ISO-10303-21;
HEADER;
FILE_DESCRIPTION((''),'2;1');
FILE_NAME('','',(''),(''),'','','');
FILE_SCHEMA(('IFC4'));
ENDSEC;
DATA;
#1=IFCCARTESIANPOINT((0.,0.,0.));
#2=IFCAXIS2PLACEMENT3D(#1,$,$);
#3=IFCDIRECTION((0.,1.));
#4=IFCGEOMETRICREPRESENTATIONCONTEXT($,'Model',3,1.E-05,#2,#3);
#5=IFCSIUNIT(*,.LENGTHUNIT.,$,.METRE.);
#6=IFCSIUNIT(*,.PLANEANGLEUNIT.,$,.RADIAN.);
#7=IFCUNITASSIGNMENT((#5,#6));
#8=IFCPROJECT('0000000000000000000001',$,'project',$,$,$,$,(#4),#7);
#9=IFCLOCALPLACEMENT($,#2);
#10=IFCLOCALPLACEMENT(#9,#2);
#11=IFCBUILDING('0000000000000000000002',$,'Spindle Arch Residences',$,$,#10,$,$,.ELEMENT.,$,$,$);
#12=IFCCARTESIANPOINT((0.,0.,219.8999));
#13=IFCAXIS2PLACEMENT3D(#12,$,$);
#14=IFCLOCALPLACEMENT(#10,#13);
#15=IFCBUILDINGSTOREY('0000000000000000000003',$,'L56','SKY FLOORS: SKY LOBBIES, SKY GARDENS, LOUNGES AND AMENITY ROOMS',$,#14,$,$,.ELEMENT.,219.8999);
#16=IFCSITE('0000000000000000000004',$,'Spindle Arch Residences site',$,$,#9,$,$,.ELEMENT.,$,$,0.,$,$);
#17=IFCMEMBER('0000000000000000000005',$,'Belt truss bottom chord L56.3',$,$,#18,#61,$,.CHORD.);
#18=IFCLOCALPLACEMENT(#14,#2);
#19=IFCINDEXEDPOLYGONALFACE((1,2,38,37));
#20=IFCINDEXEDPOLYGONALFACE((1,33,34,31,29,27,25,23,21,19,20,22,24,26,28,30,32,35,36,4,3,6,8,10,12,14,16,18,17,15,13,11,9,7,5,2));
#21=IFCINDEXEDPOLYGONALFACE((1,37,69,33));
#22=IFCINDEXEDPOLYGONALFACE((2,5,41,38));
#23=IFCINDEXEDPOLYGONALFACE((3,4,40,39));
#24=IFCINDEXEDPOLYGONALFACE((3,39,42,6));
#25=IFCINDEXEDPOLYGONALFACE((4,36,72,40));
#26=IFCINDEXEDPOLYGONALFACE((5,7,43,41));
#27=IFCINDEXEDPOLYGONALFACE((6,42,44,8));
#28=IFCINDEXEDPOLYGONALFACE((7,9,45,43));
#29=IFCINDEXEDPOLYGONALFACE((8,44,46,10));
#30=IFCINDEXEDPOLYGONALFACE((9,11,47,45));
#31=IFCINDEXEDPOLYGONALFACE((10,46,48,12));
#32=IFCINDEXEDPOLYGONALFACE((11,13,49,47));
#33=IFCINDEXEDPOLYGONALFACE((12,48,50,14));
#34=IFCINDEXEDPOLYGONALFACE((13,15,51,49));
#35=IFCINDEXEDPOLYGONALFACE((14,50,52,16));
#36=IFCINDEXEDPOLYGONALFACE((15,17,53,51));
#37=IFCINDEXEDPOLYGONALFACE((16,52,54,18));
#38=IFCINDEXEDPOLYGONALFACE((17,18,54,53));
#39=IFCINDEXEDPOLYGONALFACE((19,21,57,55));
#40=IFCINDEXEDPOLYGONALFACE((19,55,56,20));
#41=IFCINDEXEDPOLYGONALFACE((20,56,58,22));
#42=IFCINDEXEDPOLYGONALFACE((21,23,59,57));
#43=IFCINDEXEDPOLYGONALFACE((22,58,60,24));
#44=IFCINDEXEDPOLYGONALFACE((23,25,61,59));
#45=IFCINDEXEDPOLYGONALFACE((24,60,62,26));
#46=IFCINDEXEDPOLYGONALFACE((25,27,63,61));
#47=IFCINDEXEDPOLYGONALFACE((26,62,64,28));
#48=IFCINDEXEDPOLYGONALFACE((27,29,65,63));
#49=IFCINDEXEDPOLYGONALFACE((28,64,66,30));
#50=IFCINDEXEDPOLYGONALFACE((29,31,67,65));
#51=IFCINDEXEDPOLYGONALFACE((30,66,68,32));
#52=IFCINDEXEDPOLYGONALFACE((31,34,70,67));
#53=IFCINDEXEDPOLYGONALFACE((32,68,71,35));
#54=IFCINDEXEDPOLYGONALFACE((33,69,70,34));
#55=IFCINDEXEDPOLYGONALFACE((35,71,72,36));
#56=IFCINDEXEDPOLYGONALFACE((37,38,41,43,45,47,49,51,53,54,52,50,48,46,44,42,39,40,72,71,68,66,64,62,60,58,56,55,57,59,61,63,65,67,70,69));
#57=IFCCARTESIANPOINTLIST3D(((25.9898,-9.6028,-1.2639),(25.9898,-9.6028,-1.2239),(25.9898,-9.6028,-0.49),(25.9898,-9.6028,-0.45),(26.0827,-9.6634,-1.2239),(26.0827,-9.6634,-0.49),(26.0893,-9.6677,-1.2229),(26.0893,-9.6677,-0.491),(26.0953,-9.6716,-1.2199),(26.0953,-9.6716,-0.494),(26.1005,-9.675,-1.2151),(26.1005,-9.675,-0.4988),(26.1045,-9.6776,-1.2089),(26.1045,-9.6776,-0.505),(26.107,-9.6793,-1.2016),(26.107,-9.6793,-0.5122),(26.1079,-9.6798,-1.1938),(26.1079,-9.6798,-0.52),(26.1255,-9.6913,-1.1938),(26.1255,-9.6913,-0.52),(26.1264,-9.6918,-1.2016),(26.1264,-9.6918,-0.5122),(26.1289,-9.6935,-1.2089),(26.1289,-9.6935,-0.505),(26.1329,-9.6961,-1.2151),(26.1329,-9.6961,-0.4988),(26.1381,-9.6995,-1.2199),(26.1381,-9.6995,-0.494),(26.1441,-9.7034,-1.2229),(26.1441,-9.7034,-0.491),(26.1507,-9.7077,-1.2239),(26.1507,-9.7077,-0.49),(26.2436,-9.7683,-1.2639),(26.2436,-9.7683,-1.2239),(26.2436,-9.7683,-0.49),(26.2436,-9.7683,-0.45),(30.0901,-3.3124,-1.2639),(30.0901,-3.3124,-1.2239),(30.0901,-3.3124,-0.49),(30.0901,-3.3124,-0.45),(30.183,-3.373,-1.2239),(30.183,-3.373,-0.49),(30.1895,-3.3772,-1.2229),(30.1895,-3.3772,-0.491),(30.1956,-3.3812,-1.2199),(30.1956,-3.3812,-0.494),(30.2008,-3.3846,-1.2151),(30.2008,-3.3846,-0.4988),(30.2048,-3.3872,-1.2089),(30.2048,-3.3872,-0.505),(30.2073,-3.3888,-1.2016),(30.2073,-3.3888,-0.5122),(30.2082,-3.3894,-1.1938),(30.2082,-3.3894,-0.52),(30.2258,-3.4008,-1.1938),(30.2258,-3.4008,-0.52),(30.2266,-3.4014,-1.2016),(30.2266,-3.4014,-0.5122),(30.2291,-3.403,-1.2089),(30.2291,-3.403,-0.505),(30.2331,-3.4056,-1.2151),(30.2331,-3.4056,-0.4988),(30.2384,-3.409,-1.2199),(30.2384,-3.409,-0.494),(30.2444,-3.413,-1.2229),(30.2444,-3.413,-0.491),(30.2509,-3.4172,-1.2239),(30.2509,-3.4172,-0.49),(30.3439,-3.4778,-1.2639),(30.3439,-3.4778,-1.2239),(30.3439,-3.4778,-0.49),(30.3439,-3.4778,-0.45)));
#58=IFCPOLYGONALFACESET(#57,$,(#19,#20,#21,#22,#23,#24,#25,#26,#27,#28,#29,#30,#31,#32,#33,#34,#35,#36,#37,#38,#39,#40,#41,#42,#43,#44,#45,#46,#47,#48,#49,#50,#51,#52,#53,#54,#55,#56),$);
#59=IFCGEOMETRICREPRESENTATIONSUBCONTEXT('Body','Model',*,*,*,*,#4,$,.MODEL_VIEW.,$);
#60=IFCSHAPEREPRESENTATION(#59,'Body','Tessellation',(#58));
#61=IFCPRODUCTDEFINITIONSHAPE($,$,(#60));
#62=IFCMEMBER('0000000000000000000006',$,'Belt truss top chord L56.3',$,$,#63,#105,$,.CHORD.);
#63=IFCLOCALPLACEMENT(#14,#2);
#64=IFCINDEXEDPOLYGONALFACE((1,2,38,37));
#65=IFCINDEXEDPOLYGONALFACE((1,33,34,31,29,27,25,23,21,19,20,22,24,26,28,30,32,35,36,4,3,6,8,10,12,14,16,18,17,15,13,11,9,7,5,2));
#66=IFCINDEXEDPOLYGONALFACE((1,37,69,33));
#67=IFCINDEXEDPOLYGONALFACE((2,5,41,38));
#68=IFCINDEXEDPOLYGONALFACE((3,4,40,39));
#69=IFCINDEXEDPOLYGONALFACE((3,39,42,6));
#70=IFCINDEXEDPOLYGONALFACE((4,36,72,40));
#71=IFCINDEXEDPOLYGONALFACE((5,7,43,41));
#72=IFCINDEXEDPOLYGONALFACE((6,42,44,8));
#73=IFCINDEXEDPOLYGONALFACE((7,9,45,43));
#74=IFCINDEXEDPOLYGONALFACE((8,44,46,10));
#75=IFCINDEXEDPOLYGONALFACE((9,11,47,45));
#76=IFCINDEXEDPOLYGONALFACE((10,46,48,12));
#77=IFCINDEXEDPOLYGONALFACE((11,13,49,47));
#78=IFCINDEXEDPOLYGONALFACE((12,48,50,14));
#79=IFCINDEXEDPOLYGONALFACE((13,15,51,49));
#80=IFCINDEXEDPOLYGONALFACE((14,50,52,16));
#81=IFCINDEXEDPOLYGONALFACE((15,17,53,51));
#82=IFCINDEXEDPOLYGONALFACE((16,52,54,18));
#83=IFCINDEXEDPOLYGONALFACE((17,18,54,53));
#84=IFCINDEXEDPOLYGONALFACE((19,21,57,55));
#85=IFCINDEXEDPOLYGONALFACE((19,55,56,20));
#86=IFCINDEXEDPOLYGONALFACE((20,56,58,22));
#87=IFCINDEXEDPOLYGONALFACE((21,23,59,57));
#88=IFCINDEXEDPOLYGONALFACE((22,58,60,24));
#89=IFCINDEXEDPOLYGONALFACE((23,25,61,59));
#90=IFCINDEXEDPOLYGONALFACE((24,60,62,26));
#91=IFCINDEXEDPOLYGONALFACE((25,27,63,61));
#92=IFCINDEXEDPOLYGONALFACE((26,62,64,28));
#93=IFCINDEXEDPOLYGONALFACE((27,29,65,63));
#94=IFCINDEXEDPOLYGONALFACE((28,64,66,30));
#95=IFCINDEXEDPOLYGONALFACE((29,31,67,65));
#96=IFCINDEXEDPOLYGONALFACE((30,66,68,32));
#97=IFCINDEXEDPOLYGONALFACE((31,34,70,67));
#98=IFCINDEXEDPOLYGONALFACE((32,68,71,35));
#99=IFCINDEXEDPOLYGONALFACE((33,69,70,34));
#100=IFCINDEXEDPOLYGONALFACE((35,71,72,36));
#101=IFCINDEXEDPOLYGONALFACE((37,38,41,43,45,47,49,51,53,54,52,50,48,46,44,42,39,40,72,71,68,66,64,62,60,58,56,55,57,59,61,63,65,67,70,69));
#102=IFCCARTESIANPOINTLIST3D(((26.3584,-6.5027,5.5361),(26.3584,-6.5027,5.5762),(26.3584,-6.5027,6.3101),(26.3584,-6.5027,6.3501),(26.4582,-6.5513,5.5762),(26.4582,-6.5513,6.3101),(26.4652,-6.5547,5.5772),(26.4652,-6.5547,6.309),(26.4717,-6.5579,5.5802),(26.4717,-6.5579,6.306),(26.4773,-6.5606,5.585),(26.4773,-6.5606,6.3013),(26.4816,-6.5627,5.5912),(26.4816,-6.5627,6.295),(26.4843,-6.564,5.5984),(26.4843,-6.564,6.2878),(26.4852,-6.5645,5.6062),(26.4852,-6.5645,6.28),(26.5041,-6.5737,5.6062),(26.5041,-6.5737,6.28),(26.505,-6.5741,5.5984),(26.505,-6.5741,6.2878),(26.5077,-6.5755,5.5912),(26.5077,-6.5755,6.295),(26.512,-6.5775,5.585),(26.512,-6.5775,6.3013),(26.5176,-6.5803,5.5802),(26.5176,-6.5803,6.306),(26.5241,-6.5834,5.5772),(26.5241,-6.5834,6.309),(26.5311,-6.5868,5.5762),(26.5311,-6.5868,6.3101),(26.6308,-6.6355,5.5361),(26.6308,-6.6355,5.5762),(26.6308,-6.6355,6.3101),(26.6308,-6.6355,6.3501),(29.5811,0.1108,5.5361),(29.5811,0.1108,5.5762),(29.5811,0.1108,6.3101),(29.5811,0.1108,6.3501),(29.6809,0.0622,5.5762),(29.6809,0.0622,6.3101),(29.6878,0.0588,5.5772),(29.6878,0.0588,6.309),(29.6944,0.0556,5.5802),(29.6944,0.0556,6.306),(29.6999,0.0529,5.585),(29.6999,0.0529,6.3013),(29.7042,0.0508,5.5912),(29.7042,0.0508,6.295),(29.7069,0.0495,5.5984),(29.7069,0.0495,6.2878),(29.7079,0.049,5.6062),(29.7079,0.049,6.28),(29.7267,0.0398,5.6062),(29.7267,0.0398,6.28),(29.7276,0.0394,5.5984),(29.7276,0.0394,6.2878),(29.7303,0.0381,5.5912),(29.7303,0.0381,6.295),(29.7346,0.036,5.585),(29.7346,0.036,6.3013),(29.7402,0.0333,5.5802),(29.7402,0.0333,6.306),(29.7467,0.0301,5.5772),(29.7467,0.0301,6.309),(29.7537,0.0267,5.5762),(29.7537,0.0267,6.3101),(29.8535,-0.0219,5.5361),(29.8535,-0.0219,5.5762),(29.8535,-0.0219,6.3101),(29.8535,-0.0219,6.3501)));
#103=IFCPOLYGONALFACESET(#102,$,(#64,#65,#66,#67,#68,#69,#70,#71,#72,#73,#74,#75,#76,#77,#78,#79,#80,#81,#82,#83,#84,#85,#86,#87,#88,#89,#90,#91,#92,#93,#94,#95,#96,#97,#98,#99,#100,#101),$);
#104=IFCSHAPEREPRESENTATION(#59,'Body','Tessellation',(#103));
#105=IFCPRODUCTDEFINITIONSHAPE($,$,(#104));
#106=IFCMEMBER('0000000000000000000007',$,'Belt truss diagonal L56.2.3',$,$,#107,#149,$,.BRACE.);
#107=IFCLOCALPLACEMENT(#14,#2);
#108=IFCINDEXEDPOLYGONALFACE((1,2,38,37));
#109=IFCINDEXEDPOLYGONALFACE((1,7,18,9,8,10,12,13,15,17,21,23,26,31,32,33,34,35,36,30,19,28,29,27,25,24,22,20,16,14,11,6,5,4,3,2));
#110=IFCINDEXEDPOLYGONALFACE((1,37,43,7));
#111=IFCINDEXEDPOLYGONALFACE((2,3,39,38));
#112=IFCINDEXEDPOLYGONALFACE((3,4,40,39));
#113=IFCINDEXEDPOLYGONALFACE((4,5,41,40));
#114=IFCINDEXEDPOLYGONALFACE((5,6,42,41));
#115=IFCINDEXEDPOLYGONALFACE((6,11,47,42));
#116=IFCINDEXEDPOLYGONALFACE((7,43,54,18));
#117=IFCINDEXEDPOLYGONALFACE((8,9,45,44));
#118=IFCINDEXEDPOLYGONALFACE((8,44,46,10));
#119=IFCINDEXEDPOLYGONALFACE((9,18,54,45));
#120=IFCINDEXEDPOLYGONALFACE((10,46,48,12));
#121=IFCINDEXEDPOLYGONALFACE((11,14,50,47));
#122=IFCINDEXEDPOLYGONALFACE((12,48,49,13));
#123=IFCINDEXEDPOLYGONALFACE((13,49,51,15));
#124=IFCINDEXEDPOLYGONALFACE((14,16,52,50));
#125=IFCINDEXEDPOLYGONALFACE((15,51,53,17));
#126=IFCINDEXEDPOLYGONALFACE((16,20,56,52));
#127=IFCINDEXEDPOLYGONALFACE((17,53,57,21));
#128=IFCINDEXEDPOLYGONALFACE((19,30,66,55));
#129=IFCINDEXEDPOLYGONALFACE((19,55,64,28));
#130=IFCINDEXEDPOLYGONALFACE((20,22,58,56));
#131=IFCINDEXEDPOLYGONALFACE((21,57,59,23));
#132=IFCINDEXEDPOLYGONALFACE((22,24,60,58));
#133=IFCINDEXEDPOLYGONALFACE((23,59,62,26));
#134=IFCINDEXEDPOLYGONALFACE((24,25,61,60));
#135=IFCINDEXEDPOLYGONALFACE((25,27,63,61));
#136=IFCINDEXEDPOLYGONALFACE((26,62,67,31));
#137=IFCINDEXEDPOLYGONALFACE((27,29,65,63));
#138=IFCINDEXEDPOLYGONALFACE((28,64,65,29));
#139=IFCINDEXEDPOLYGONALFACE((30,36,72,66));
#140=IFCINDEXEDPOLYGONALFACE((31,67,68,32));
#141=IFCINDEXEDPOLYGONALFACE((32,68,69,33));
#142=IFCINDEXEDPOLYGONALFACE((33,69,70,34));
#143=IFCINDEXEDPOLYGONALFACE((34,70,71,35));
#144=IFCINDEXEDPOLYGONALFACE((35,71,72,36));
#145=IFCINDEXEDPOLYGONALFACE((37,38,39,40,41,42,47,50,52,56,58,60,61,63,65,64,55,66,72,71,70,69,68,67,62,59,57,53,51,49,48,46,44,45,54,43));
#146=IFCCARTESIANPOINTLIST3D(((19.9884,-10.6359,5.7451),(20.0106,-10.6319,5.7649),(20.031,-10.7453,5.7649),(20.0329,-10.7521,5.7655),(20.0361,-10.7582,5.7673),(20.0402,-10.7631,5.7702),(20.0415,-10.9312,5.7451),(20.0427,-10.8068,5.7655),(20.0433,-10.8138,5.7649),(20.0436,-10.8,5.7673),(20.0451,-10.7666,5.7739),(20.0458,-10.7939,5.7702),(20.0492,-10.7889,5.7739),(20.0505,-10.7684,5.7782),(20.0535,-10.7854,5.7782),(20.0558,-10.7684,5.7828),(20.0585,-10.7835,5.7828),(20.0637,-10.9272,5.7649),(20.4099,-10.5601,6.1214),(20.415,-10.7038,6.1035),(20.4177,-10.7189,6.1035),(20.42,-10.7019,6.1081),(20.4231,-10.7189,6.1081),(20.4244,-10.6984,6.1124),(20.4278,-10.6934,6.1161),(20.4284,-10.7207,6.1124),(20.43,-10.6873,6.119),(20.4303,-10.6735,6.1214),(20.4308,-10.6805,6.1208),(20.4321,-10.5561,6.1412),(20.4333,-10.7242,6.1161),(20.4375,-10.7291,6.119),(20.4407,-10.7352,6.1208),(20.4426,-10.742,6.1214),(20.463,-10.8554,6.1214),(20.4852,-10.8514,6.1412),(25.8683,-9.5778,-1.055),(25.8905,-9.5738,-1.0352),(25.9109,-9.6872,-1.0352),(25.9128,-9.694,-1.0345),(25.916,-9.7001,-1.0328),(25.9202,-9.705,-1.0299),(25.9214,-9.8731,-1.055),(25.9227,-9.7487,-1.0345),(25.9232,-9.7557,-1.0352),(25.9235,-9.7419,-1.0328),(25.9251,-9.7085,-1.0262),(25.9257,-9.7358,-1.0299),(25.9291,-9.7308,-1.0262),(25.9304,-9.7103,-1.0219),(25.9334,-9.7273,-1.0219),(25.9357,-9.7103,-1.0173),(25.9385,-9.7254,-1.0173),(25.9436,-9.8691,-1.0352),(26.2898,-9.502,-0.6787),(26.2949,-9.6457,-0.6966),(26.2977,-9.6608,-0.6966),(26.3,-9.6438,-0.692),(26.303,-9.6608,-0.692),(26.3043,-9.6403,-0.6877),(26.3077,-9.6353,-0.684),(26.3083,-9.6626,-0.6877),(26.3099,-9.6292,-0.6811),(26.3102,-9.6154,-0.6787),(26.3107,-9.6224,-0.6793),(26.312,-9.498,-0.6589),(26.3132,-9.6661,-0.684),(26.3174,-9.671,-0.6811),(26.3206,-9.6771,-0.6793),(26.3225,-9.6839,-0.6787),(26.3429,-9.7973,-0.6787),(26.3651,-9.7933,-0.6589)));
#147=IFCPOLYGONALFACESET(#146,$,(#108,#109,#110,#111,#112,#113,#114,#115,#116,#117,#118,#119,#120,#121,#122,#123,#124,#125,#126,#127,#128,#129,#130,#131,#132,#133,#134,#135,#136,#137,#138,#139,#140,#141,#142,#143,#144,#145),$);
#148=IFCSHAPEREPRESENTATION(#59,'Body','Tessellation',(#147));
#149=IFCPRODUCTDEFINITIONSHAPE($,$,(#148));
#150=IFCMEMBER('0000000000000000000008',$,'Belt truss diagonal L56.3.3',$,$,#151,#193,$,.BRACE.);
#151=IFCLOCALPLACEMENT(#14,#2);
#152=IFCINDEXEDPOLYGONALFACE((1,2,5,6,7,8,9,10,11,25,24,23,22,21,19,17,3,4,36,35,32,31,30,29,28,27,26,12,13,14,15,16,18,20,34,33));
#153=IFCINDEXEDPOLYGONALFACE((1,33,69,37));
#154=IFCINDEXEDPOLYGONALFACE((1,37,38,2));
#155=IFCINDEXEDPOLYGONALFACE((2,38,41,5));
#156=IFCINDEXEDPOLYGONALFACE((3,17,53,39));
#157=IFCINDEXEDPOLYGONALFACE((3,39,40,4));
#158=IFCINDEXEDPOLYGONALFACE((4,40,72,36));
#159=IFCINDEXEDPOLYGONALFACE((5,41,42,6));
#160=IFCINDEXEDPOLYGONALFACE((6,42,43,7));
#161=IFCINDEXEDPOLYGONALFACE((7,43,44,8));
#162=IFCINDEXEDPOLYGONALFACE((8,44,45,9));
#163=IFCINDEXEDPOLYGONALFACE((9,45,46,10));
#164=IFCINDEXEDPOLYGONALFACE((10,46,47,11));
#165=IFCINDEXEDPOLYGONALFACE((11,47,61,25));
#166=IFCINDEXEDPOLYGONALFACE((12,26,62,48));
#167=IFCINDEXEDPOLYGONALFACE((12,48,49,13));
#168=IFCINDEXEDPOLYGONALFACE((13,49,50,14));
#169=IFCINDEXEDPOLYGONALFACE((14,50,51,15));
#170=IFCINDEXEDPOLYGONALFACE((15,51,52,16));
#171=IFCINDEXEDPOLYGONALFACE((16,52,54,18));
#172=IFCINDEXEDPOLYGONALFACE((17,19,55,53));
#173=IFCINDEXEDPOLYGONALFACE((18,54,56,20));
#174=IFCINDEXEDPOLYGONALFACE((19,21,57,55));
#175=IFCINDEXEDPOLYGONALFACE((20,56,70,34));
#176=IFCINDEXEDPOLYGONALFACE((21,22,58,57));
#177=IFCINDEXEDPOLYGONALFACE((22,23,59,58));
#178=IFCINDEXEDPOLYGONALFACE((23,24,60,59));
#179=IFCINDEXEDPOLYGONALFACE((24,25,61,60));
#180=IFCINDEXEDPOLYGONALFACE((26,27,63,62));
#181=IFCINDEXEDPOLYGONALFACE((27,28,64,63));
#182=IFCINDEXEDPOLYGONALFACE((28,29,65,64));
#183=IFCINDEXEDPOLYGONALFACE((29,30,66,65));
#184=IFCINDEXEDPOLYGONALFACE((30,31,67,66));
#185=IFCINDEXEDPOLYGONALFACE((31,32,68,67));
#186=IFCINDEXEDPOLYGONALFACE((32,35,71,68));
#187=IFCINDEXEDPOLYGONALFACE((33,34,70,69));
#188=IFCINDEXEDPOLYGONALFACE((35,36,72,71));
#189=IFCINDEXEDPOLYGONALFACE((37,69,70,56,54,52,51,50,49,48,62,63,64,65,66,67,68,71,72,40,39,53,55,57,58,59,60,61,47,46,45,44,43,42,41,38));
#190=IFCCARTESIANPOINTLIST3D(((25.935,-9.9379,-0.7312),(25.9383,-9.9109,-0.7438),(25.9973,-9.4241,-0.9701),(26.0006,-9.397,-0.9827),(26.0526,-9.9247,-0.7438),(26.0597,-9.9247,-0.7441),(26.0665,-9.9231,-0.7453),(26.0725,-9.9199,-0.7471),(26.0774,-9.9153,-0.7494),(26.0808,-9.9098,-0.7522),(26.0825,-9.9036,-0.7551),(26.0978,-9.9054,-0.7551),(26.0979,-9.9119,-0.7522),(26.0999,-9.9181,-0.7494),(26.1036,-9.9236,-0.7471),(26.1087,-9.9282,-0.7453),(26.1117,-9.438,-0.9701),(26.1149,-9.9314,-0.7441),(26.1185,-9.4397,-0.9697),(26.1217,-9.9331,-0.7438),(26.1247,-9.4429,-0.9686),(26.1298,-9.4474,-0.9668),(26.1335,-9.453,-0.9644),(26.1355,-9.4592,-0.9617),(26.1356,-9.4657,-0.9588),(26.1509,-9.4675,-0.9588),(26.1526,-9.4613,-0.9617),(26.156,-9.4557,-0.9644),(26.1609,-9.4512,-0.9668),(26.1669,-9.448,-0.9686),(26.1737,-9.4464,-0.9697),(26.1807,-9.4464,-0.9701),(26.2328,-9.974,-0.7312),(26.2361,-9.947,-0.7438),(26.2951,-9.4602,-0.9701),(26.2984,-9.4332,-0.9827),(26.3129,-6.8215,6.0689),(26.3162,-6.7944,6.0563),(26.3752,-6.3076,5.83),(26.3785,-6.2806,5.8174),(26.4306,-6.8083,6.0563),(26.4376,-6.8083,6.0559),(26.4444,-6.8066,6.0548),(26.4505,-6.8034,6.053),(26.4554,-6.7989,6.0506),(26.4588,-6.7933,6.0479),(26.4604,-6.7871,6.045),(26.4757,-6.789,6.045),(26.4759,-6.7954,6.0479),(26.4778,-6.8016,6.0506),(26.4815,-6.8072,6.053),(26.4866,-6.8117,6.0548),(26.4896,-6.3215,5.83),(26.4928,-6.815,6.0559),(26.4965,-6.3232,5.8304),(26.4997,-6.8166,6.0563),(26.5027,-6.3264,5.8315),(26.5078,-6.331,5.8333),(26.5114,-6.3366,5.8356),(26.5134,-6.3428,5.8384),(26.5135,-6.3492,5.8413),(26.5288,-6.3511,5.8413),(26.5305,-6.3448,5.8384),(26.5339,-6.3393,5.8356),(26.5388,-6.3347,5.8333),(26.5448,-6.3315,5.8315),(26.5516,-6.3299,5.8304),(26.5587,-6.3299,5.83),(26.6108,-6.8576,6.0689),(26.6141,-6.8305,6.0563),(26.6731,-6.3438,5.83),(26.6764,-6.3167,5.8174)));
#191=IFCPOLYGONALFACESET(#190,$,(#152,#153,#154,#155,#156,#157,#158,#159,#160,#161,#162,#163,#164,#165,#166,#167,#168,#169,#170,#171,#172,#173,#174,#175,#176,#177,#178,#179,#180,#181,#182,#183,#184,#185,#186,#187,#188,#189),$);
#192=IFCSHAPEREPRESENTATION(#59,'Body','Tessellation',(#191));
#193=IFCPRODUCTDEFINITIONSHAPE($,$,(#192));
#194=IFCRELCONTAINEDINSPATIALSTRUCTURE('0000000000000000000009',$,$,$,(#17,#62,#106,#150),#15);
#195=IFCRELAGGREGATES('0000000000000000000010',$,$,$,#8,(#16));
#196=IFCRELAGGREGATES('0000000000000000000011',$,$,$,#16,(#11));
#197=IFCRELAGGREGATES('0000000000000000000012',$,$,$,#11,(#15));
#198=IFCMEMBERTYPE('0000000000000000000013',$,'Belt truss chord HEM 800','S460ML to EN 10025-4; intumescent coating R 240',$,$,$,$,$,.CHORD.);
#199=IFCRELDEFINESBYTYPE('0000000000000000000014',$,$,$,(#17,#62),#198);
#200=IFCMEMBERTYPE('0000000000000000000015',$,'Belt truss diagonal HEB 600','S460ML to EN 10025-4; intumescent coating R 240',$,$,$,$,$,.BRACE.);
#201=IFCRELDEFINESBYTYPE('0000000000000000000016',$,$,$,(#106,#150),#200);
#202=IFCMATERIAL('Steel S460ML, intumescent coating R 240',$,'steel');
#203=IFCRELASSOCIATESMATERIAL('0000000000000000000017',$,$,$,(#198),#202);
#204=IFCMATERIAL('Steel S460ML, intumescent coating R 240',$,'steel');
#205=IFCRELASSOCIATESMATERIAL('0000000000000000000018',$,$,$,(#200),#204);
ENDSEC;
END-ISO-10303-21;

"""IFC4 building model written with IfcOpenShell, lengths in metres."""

from ifc_helpers import new_model, si_unit, direction, frame, origin, origin_2d, place, context, subcontext, project, spatial, i_section, extrude, material, material_profile, profile_set, type_object, element, save


model = new_model("IFC4")

# Units and contexts
model_context = context("Model", 3, precision=1e-05, world=origin(), true_north=direction((0.0, 1.0)))
body_context = subcontext(model_context, "Body", "Model", "MODEL_VIEW")
ifc_project = project(units=[si_unit("LENGTHUNIT", "METRE"), si_unit("PLANEANGLEUNIT", "RADIAN")], contexts=[model_context])

# Site, building, storey
site_placement = place(None, origin())
site = spatial("IfcSite", under=ifc_project, at=site_placement, Name="Spindle Arch Residences site", CompositionType="ELEMENT", RefElevation=0.0)
building_placement = place(site_placement, origin())
building = spatial("IfcBuilding", under=site, at=building_placement, Name="Spindle Arch Residences", CompositionType="ELEMENT")
storey_placement = place(building_placement, frame((0.0, 0.0, 219.8999)))
storey = spatial("IfcBuildingStorey", under=building, at=storey_placement, Name="L56", Description="SKY FLOORS: SKY LOBBIES, SKY GARDENS, LOUNGES AND AMENITY ROOMS", CompositionType="ELEMENT", Elevation=219.8999)

# Members
ifc_material_1 = material(Name="Steel S460ML, intumescent coating R 240", Category="steel")
ifc_material_profile_1 = material_profile(ifc_material_1, i_section(OverallWidth=0.303, OverallDepth=0.814, WebThickness=0.021, FlangeThickness=0.04, FilletRadius=0.03, at=origin_2d()), Name="HEM 800")
ifc_profile_set_1 = profile_set([ifc_material_profile_1], Name="Steel S460ML, intumescent coating R 240")
member_type_1 = type_object("IfcMemberType", Name="Belt truss chord HEM 800", Description="S460ML to EN 10025-4; intumescent coating R 240", PredefinedType="CHORD", material=ifc_profile_set_1)
member_1_placement = place(storey_placement, frame((26.1167, -9.6855, -0.8569), z_axis=(0.546064, 0.837743, 0.0), x_axis=(-0.837743, 0.546064, 0.0)))
element("IfcMember", 1, at=member_1_placement, inside=storey, type_object=member_type_1, Name="Belt truss bottom chord L56.3", PredefinedType="CHORD", context=body_context, shape_type="SweptSolid", body=[
    extrude(i_section(OverallWidth=0.303, OverallDepth=0.814, WebThickness=0.021, FlangeThickness=0.04, FilletRadius=0.03, at=origin_2d()), origin(), (0.0, 0.0, 1.0), 7.5088),
])
member_2_placement = place(storey_placement, frame((26.4946, -6.5691, 5.9431), z_axis=(0.438044, 0.898953, 0.0), x_axis=(-0.898953, 0.438044, 0.0)))
element("IfcMember", 2, at=member_2_placement, inside=storey, type_object=member_type_1, Name="Belt truss top chord L56.3", PredefinedType="CHORD", context=body_context, shape_type="SweptSolid", body=[
    extrude(i_section(OverallWidth=0.303, OverallDepth=0.814, WebThickness=0.021, FlangeThickness=0.04, FilletRadius=0.03, at=origin_2d()), origin(), (0.0, 0.0, 1.0), 7.3569),
])
ifc_material_2 = material(Name="Steel S460ML, intumescent coating R 240", Category="steel")
ifc_material_profile_2 = material_profile(ifc_material_2, i_section(OverallWidth=0.3, OverallDepth=0.6001, WebThickness=0.0154, FlangeThickness=0.03, FilletRadius=0.0271, at=origin_2d()), Name="HEB 600")
ifc_profile_set_2 = profile_set([ifc_material_profile_2], Name="Steel S460ML, intumescent coating R 240")
member_type_2 = type_object("IfcMemberType", Name="Belt truss diagonal HEB 600", Description="S460ML to EN 10025-4; intumescent coating R 240", PredefinedType="BRACE", material=ifc_profile_set_2)
member_3_placement = place(storey_placement, frame((26.1167, -9.6855, -0.8569), z_axis=(-0.649589, -0.116896, 0.751245), x_axis=(0.177109, -0.984191, 0.0)))
element("IfcMember", 3, at=member_3_placement, inside=storey, type_object=member_type_2, Name="Belt truss diagonal L56.2.3", PredefinedType="BRACE", context=body_context, shape_type="SweptSolid", body=[
    extrude(i_section(OverallWidth=0.3, OverallDepth=0.6001, WebThickness=0.0154, FlangeThickness=0.03, FilletRadius=0.0271, at=origin_2d()), origin(), (0.0, 0.0, 1.0), 9.0518),
])
member_4_placement = place(storey_placement, frame((26.1167, -9.6855, -0.8569), z_axis=(0.05046, 0.416098, 0.907919), x_axis=(-0.992727, 0.120387, 0.0)))
element("IfcMember", 4, at=member_4_placement, inside=storey, type_object=member_type_2, Name="Belt truss diagonal L56.3.3", PredefinedType="BRACE", context=body_context, shape_type="SweptSolid", body=[
    extrude(i_section(OverallWidth=0.3, OverallDepth=0.6001, WebThickness=0.0154, FlangeThickness=0.03, FilletRadius=0.0271, at=origin_2d()), origin(), (0.0, 0.0, 1.0), 7.4897),
])

save(model, "model.ifc")
